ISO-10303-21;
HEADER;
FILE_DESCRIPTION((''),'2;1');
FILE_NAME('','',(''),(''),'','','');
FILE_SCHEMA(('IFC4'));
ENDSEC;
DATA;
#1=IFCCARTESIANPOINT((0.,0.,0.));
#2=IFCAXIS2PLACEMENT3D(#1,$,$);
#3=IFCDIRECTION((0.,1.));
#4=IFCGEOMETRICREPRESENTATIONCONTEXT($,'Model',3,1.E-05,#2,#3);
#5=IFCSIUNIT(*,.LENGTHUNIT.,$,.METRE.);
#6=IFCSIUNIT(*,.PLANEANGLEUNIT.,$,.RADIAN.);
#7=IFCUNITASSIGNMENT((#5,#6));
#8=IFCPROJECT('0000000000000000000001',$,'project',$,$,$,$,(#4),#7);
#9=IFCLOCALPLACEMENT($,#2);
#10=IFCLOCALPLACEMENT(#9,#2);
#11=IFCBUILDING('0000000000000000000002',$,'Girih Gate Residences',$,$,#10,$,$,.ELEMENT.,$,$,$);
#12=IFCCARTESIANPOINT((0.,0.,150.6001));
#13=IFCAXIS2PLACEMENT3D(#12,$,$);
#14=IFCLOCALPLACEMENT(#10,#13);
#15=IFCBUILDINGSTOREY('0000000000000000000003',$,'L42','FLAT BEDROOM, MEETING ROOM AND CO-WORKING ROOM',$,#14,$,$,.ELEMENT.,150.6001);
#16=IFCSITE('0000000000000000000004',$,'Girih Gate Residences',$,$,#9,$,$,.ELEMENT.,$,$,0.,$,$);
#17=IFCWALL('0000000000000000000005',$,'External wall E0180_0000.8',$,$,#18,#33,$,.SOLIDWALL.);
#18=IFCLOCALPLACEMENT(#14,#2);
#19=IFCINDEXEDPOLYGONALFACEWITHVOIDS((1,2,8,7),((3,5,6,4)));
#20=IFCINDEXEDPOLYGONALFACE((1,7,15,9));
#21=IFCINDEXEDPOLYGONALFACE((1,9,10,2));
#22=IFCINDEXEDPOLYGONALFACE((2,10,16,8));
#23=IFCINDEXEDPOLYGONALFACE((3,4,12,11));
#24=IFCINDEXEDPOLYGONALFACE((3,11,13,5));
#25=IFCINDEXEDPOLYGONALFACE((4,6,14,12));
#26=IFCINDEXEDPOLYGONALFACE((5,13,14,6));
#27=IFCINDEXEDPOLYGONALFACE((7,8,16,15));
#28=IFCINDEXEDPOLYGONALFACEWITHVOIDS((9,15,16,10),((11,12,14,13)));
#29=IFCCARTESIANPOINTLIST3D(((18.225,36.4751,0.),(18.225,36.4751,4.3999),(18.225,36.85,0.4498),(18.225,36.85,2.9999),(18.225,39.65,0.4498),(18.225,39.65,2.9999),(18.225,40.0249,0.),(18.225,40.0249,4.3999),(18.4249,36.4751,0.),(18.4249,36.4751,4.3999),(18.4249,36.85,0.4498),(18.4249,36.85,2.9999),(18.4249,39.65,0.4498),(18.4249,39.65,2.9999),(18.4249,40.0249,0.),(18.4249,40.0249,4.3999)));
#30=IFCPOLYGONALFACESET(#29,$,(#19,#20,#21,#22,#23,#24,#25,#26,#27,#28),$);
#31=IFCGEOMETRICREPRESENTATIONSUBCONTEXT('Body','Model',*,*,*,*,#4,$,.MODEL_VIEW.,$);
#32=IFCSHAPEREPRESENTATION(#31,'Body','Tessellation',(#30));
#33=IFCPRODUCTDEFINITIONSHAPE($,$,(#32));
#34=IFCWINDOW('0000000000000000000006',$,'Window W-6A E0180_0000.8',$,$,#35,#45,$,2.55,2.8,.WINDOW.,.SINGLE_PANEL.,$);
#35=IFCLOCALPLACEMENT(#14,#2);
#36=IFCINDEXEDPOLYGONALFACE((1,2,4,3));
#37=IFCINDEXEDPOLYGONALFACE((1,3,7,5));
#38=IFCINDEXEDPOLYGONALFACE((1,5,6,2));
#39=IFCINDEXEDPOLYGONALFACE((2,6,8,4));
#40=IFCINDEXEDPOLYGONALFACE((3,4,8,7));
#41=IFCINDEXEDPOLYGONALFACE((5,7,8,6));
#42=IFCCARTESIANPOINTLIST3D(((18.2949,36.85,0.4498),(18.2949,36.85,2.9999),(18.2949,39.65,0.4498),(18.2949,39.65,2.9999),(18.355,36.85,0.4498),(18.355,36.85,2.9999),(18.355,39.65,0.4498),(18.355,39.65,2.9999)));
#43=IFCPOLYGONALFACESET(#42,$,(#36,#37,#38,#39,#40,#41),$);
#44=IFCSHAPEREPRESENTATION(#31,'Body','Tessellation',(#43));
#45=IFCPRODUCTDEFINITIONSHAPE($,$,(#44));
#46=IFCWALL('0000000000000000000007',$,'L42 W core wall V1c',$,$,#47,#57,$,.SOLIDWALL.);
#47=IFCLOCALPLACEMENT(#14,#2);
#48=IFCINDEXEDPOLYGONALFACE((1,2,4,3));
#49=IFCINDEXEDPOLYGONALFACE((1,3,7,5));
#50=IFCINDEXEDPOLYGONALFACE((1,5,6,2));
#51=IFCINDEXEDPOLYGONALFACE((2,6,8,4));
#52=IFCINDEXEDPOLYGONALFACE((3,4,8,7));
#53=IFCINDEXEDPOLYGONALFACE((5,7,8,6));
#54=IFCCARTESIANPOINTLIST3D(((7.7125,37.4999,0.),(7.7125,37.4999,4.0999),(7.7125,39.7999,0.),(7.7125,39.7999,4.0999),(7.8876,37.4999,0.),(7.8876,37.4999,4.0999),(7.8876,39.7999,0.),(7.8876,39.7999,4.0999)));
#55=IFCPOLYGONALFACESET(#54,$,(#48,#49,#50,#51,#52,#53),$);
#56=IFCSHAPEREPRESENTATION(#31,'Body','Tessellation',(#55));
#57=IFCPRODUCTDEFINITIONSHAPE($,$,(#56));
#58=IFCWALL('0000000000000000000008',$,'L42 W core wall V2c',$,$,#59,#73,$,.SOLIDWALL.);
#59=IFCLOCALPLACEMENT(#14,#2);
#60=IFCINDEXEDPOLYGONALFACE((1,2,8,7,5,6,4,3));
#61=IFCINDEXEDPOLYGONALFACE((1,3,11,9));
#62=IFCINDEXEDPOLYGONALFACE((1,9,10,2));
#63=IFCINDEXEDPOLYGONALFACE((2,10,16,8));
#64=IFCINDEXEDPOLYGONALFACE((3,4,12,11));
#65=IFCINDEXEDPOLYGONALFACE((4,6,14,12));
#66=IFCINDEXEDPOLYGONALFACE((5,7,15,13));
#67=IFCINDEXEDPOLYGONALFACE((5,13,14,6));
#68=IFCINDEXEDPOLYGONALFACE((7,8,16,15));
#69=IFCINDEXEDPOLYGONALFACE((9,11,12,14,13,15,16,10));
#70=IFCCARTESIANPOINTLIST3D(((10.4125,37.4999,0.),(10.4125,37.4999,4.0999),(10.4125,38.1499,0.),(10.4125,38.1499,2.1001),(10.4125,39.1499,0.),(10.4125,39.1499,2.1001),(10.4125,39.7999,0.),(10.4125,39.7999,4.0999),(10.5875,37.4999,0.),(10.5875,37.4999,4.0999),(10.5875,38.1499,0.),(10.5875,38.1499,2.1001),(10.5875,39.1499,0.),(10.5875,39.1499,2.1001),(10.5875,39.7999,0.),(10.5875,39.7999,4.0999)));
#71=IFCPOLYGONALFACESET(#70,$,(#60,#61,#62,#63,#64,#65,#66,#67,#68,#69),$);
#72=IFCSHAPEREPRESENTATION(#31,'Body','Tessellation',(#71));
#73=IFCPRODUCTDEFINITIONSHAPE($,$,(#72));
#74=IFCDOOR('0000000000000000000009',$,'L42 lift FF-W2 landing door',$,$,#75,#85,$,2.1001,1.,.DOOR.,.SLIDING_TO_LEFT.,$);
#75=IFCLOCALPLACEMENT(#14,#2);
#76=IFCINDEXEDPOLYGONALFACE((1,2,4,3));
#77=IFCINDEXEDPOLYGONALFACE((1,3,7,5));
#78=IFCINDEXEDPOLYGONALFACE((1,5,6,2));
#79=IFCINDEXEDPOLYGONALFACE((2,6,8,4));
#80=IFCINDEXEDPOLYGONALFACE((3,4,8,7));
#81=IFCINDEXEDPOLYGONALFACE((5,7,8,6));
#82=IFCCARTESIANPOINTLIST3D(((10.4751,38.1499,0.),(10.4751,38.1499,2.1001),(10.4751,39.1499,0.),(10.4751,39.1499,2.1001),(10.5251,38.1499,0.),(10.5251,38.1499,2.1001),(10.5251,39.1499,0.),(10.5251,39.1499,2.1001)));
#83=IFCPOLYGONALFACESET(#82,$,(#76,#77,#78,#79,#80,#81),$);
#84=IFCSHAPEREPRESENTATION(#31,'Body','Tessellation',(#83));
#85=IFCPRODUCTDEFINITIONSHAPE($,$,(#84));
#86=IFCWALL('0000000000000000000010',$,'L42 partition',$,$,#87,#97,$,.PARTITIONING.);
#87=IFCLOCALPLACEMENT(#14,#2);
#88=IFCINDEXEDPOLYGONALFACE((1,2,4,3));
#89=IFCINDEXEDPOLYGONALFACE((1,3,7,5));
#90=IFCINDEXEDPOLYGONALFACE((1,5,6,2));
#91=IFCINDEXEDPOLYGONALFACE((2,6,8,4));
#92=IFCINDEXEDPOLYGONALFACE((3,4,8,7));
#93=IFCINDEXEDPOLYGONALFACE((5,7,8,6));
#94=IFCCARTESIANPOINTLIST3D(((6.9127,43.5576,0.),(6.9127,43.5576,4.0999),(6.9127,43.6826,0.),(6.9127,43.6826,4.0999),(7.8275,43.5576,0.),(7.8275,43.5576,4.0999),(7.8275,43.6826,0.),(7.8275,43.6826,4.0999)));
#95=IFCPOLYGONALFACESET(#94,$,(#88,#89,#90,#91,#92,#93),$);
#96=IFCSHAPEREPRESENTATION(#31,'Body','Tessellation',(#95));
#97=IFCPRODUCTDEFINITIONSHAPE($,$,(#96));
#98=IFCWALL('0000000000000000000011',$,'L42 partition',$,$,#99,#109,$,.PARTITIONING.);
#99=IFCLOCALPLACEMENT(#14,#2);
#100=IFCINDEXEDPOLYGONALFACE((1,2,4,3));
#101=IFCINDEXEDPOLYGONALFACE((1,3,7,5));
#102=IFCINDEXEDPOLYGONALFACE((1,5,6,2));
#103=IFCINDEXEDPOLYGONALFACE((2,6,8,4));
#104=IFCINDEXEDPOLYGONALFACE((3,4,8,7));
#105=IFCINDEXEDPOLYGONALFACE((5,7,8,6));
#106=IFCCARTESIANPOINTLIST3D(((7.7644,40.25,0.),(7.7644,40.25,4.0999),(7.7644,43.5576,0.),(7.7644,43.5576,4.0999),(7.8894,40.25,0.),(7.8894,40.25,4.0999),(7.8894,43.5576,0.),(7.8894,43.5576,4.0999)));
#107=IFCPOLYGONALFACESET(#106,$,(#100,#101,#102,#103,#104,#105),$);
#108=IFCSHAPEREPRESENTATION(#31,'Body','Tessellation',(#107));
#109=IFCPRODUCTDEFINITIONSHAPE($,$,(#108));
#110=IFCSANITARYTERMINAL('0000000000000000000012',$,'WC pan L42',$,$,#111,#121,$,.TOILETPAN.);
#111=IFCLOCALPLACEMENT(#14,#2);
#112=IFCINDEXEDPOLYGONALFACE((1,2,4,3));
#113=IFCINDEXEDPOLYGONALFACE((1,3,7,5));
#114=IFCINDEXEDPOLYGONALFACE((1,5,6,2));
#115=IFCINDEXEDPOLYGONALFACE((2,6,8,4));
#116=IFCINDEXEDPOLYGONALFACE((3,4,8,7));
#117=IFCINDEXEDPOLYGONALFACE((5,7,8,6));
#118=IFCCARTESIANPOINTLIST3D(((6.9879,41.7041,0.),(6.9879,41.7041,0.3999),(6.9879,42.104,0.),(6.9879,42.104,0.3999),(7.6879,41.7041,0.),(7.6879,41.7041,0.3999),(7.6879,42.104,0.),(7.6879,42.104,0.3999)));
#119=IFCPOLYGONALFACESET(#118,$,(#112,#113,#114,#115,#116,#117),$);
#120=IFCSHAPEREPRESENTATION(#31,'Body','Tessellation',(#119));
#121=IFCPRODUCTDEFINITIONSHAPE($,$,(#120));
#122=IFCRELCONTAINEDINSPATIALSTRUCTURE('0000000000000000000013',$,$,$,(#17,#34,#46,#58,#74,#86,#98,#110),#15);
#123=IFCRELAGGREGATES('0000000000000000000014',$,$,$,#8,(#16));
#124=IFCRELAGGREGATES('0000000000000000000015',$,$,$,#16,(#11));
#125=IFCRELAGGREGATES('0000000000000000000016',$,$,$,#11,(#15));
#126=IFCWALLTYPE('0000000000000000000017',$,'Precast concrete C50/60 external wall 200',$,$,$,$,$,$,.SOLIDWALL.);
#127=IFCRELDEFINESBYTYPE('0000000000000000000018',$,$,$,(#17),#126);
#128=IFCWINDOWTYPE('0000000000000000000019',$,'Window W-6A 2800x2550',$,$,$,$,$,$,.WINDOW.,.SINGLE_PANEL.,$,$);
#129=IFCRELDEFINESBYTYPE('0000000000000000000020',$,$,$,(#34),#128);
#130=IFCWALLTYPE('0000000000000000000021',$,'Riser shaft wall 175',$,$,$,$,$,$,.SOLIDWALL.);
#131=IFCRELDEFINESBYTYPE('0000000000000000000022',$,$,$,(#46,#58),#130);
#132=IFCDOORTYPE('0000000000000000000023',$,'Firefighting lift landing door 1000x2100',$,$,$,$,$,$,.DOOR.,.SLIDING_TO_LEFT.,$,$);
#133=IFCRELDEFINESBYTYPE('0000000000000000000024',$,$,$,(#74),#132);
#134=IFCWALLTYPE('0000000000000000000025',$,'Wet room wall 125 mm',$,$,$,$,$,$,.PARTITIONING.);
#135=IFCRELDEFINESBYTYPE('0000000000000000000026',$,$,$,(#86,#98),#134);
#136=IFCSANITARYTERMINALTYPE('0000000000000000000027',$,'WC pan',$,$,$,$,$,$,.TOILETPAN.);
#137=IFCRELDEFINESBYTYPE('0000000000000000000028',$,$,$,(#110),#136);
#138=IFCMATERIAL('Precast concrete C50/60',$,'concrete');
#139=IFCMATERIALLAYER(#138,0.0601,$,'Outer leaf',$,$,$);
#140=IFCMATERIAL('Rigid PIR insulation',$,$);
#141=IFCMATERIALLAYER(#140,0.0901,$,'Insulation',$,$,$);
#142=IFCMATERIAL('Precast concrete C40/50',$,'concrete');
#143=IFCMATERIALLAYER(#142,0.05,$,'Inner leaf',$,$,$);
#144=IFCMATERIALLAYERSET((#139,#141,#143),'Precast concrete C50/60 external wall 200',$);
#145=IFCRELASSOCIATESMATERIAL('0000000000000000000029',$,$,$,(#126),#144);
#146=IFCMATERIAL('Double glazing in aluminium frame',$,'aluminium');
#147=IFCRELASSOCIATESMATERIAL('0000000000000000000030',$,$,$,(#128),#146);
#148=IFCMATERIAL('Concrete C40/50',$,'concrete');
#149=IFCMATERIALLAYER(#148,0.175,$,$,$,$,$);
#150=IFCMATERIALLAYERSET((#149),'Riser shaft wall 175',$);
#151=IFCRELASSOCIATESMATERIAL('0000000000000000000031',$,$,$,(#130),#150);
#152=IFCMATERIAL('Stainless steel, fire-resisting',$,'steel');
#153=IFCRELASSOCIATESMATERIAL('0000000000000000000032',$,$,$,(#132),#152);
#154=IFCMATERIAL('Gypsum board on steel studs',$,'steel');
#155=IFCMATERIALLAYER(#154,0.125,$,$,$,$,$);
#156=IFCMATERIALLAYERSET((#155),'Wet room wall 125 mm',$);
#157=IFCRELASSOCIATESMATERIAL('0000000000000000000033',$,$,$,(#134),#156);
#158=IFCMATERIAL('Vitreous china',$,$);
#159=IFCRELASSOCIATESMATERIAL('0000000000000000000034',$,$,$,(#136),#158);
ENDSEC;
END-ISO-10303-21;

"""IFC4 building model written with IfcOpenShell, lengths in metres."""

from ifc_helpers import new_model, si_unit, direction, frame, frame_2d, origin, origin_2d, place, context, subcontext, project, spatial, rectangle, extrude, material, layer, layer_set, type_object, element, fill, save


model = new_model("IFC4")

# Units and contexts
model_context = context("Model", 3, precision=1e-05, world=origin(), true_north=direction((0.0, 1.0)))
body_context = subcontext(model_context, "Body", "Model", "MODEL_VIEW")
ifc_project = project(units=[si_unit("LENGTHUNIT", "METRE"), si_unit("PLANEANGLEUNIT", "RADIAN")], contexts=[model_context])

# Site, building, storey
site_placement = place(None, origin())
site = spatial("IfcSite", under=ifc_project, at=site_placement, Name="Girih Gate Residences", CompositionType="ELEMENT", RefElevation=0.0)
building_placement = place(site_placement, origin())
building = spatial("IfcBuilding", under=site, at=building_placement, Name="Girih Gate Residences", CompositionType="ELEMENT")
storey_placement = place(building_placement, frame((0.0, 0.0, 150.6001)))
storey = spatial("IfcBuildingStorey", under=building, at=storey_placement, Name="L42", Description="FLAT BEDROOM, MEETING ROOM AND CO-WORKING ROOM", CompositionType="ELEMENT", Elevation=150.6001)

# Shared definitions
ifc_material_1 = material(Name="Gypsum board on steel studs", Category="steel")

# Wall, opening, window
ifc_material_2 = material(Name="Precast concrete C50/60", Category="concrete")
ifc_layer_1 = layer(ifc_material_2, 0.0601, Name="Outer leaf")
ifc_material_3 = material(Name="Rigid PIR insulation")
ifc_layer_2 = layer(ifc_material_3, 0.0901, Name="Insulation")
ifc_material_4 = material(Name="Precast concrete C40/50", Category="concrete")
ifc_layer_3 = layer(ifc_material_4, 0.05, Name="Inner leaf")
ifc_layer_set_1 = layer_set([ifc_layer_1, ifc_layer_2, ifc_layer_3], Name="Precast concrete C50/60 external wall 200")
wall_type_1 = type_object("IfcWallType", Name="Precast concrete C50/60 external wall 200", PredefinedType="SOLIDWALL", material=ifc_layer_set_1)
ifc_material_5 = material(Name="Double glazing in aluminium frame", Category="aluminium")
window_type = type_object("IfcWindowType", Name="Window W-6A 2800x2550", PartitioningType="SINGLE_PANEL", PredefinedType="WINDOW", material=ifc_material_5)
wall_1_placement = place(storey_placement, frame((18.325, 40.0249, 0.0), z_axis=(0.0, 0.0, 1.0), x_axis=(0.0, -1.0, 0.0)))
wall_1 = element("IfcWall", 1, at=wall_1_placement, inside=storey, type_object=wall_type_1, Name="External wall E0180_0000.8", PredefinedType="SOLIDWALL", context=body_context, shape_type="SweptSolid", body=[
    extrude(rectangle(XDim=3.5498, YDim=0.2, at=frame_2d((1.7749, 0.0))), origin(), (0.0, 0.0, 1.0), 4.3999),
])
opening_1_placement = place(wall_1_placement, frame((0.375, 0.0, 0.45)))
opening_1 = element("IfcOpeningElement", 2, at=opening_1_placement, cuts=wall_1, PredefinedType="OPENING", context=body_context, shape_type="SweptSolid", body=[
    extrude(rectangle(XDim=2.8, YDim=2.55, at=frame_2d((1.3999, 1.2749))), frame((0.0, 0.1099, 0.0), z_axis=(0.0, -1.0, 0.0), x_axis=(1.0, 0.0, 0.0)), (0.0, 0.0, 1.0), 0.22),
])
window_1_placement = place(opening_1_placement, origin())
window_1 = element("IfcWindow", 3, at=window_1_placement, inside=storey, type_object=window_type, Name="Window W-6A E0180_0000.8", OverallHeight=2.55, OverallWidth=2.8, PartitioningType="SINGLE_PANEL", PredefinedType="WINDOW", context=body_context, shape_type="SweptSolid", body=[
    extrude(rectangle(XDim=2.8, YDim=2.55, at=frame_2d((1.3999, 1.2749))), frame((0.0, 0.03, 0.0), z_axis=(0.0, -1.0, 0.0), x_axis=(1.0, 0.0, 0.0)), (0.0, 0.0, 1.0), 0.0601),
])
fill(opening_1, window_1)

# Wall
ifc_material_6 = material(Name="Concrete C40/50", Category="concrete")
ifc_layer_4 = layer(ifc_material_6, 0.175)
ifc_layer_set_2 = layer_set([ifc_layer_4], Name="Riser shaft wall 175")
wall_type_2 = type_object("IfcWallType", Name="Riser shaft wall 175", PredefinedType="SOLIDWALL", material=ifc_layer_set_2)
wall_2_placement = place(storey_placement, frame((7.8, 37.5, 0.0), z_axis=(0.0, 0.0, 1.0), x_axis=(0.0, 1.0, 0.0)))
element("IfcWall", 4, at=wall_2_placement, inside=storey, type_object=wall_type_2, Name="L42 W core wall V1c", PredefinedType="SOLIDWALL", context=body_context, shape_type="SweptSolid", body=[
    extrude(rectangle(XDim=2.3, YDim=0.175, at=frame_2d((1.1499, 0.0))), origin(), (0.0, 0.0, 1.0), 4.0999),
])

# Wall, opening, door
wall_3_placement = place(storey_placement, frame((10.5, 37.5, 0.0), z_axis=(0.0, 0.0, 1.0), x_axis=(0.0, 1.0, 0.0)))
wall_3 = element("IfcWall", 5, at=wall_3_placement, inside=storey, type_object=wall_type_2, Name="L42 W core wall V2c", PredefinedType="SOLIDWALL", context=body_context, shape_type="SweptSolid", body=[
    extrude(rectangle(XDim=2.3, YDim=0.175, at=frame_2d((1.1499, 0.0))), origin(), (0.0, 0.0, 1.0), 4.0999),
])
opening_2_placement = place(wall_3_placement, frame((0.6499, 0.0, 0.0)))
opening_2 = element("IfcOpeningElement", 6, at=opening_2_placement, cuts=wall_3, PredefinedType="OPENING", context=body_context, shape_type="SweptSolid", body=[
    extrude(rectangle(XDim=1.0, YDim=2.1001, at=frame_2d((0.5, 1.05))), frame((0.0, 0.0974, 0.0), z_axis=(0.0, -1.0, 0.0), x_axis=(1.0, 0.0, 0.0)), (0.0, 0.0, 1.0), 0.1951),
])
ifc_material_7 = material(Name="Stainless steel, fire-resisting", Category="steel")
door_type_1 = type_object("IfcDoorType", Name="Firefighting lift landing door 1000x2100", OperationType="SLIDING_TO_LEFT", PredefinedType="DOOR", material=ifc_material_7)
door_1_placement = place(opening_2_placement, origin())
door_1 = element("IfcDoor", 7, at=door_1_placement, inside=storey, type_object=door_type_1, Name="L42 lift FF-W2 landing door", OperationType="SLIDING_TO_LEFT", OverallHeight=2.1001, OverallWidth=1.0, PredefinedType="DOOR", context=body_context, shape_type="SweptSolid", body=[
    extrude(rectangle(XDim=1.0, YDim=2.1001, at=frame_2d((0.5, 1.05))), frame((0.0, 0.0249, 0.0), z_axis=(0.0, -1.0, 0.0), x_axis=(1.0, 0.0, 0.0)), (0.0, 0.0, 1.0), 0.05),
])
fill(opening_2, door_1)

# Walls
ifc_layer_5 = layer(ifc_material_1, 0.125)
ifc_layer_set_3 = layer_set([ifc_layer_5], Name="Wet room wall 125 mm")
wall_type_3 = type_object("IfcWallType", Name="Wet room wall 125 mm", PredefinedType="PARTITIONING", material=ifc_layer_set_3)
wall_4_placement = place(storey_placement, frame((6.9126, 43.6201, 0.0), z_axis=(0.0, 0.0, 1.0), x_axis=(1.0, 0.0, 0.0)))
element("IfcWall", 8, at=wall_4_placement, inside=storey, type_object=wall_type_3, Name="L42 partition", PredefinedType="PARTITIONING", context=body_context, shape_type="SweptSolid", body=[
    extrude(rectangle(XDim=0.9148, YDim=0.125, at=frame_2d((0.4575, 0.0))), origin(), (0.0, 0.0, 1.0), 4.0999),
])
wall_5_placement = place(storey_placement, frame((7.8269, 40.25, 0.0), z_axis=(0.0, 0.0, 1.0), x_axis=(0.0, 1.0, 0.0)))
element("IfcWall", 9, at=wall_5_placement, inside=storey, type_object=wall_type_3, Name="L42 partition", PredefinedType="PARTITIONING", context=body_context, shape_type="SweptSolid", body=[
    extrude(rectangle(XDim=3.3076, YDim=0.125, at=frame_2d((1.6538, 0.0))), origin(), (0.0, 0.0, 1.0), 4.0999),
])

# Sanitary terminal
ifc_material_8 = material(Name="Vitreous china")
sanitary_terminal_type = type_object("IfcSanitaryTerminalType", Name="WC pan", PredefinedType="TOILETPAN", material=ifc_material_8)
sanitary_terminal_placement = place(storey_placement, frame((7.3379, 41.9041, 0.0), z_axis=(0.0, 0.0, 1.0), x_axis=(1.0, 0.0, 0.0)))
element("IfcSanitaryTerminal", 10, at=sanitary_terminal_placement, inside=storey, type_object=sanitary_terminal_type, Name="WC pan L42", PredefinedType="TOILETPAN", context=body_context, shape_type="SweptSolid", body=[
    extrude(rectangle(XDim=0.7, YDim=0.3999, at=origin_2d()), origin(), (0.0, 0.0, 1.0), 0.3999),
])

save(model, "model.ifc")
